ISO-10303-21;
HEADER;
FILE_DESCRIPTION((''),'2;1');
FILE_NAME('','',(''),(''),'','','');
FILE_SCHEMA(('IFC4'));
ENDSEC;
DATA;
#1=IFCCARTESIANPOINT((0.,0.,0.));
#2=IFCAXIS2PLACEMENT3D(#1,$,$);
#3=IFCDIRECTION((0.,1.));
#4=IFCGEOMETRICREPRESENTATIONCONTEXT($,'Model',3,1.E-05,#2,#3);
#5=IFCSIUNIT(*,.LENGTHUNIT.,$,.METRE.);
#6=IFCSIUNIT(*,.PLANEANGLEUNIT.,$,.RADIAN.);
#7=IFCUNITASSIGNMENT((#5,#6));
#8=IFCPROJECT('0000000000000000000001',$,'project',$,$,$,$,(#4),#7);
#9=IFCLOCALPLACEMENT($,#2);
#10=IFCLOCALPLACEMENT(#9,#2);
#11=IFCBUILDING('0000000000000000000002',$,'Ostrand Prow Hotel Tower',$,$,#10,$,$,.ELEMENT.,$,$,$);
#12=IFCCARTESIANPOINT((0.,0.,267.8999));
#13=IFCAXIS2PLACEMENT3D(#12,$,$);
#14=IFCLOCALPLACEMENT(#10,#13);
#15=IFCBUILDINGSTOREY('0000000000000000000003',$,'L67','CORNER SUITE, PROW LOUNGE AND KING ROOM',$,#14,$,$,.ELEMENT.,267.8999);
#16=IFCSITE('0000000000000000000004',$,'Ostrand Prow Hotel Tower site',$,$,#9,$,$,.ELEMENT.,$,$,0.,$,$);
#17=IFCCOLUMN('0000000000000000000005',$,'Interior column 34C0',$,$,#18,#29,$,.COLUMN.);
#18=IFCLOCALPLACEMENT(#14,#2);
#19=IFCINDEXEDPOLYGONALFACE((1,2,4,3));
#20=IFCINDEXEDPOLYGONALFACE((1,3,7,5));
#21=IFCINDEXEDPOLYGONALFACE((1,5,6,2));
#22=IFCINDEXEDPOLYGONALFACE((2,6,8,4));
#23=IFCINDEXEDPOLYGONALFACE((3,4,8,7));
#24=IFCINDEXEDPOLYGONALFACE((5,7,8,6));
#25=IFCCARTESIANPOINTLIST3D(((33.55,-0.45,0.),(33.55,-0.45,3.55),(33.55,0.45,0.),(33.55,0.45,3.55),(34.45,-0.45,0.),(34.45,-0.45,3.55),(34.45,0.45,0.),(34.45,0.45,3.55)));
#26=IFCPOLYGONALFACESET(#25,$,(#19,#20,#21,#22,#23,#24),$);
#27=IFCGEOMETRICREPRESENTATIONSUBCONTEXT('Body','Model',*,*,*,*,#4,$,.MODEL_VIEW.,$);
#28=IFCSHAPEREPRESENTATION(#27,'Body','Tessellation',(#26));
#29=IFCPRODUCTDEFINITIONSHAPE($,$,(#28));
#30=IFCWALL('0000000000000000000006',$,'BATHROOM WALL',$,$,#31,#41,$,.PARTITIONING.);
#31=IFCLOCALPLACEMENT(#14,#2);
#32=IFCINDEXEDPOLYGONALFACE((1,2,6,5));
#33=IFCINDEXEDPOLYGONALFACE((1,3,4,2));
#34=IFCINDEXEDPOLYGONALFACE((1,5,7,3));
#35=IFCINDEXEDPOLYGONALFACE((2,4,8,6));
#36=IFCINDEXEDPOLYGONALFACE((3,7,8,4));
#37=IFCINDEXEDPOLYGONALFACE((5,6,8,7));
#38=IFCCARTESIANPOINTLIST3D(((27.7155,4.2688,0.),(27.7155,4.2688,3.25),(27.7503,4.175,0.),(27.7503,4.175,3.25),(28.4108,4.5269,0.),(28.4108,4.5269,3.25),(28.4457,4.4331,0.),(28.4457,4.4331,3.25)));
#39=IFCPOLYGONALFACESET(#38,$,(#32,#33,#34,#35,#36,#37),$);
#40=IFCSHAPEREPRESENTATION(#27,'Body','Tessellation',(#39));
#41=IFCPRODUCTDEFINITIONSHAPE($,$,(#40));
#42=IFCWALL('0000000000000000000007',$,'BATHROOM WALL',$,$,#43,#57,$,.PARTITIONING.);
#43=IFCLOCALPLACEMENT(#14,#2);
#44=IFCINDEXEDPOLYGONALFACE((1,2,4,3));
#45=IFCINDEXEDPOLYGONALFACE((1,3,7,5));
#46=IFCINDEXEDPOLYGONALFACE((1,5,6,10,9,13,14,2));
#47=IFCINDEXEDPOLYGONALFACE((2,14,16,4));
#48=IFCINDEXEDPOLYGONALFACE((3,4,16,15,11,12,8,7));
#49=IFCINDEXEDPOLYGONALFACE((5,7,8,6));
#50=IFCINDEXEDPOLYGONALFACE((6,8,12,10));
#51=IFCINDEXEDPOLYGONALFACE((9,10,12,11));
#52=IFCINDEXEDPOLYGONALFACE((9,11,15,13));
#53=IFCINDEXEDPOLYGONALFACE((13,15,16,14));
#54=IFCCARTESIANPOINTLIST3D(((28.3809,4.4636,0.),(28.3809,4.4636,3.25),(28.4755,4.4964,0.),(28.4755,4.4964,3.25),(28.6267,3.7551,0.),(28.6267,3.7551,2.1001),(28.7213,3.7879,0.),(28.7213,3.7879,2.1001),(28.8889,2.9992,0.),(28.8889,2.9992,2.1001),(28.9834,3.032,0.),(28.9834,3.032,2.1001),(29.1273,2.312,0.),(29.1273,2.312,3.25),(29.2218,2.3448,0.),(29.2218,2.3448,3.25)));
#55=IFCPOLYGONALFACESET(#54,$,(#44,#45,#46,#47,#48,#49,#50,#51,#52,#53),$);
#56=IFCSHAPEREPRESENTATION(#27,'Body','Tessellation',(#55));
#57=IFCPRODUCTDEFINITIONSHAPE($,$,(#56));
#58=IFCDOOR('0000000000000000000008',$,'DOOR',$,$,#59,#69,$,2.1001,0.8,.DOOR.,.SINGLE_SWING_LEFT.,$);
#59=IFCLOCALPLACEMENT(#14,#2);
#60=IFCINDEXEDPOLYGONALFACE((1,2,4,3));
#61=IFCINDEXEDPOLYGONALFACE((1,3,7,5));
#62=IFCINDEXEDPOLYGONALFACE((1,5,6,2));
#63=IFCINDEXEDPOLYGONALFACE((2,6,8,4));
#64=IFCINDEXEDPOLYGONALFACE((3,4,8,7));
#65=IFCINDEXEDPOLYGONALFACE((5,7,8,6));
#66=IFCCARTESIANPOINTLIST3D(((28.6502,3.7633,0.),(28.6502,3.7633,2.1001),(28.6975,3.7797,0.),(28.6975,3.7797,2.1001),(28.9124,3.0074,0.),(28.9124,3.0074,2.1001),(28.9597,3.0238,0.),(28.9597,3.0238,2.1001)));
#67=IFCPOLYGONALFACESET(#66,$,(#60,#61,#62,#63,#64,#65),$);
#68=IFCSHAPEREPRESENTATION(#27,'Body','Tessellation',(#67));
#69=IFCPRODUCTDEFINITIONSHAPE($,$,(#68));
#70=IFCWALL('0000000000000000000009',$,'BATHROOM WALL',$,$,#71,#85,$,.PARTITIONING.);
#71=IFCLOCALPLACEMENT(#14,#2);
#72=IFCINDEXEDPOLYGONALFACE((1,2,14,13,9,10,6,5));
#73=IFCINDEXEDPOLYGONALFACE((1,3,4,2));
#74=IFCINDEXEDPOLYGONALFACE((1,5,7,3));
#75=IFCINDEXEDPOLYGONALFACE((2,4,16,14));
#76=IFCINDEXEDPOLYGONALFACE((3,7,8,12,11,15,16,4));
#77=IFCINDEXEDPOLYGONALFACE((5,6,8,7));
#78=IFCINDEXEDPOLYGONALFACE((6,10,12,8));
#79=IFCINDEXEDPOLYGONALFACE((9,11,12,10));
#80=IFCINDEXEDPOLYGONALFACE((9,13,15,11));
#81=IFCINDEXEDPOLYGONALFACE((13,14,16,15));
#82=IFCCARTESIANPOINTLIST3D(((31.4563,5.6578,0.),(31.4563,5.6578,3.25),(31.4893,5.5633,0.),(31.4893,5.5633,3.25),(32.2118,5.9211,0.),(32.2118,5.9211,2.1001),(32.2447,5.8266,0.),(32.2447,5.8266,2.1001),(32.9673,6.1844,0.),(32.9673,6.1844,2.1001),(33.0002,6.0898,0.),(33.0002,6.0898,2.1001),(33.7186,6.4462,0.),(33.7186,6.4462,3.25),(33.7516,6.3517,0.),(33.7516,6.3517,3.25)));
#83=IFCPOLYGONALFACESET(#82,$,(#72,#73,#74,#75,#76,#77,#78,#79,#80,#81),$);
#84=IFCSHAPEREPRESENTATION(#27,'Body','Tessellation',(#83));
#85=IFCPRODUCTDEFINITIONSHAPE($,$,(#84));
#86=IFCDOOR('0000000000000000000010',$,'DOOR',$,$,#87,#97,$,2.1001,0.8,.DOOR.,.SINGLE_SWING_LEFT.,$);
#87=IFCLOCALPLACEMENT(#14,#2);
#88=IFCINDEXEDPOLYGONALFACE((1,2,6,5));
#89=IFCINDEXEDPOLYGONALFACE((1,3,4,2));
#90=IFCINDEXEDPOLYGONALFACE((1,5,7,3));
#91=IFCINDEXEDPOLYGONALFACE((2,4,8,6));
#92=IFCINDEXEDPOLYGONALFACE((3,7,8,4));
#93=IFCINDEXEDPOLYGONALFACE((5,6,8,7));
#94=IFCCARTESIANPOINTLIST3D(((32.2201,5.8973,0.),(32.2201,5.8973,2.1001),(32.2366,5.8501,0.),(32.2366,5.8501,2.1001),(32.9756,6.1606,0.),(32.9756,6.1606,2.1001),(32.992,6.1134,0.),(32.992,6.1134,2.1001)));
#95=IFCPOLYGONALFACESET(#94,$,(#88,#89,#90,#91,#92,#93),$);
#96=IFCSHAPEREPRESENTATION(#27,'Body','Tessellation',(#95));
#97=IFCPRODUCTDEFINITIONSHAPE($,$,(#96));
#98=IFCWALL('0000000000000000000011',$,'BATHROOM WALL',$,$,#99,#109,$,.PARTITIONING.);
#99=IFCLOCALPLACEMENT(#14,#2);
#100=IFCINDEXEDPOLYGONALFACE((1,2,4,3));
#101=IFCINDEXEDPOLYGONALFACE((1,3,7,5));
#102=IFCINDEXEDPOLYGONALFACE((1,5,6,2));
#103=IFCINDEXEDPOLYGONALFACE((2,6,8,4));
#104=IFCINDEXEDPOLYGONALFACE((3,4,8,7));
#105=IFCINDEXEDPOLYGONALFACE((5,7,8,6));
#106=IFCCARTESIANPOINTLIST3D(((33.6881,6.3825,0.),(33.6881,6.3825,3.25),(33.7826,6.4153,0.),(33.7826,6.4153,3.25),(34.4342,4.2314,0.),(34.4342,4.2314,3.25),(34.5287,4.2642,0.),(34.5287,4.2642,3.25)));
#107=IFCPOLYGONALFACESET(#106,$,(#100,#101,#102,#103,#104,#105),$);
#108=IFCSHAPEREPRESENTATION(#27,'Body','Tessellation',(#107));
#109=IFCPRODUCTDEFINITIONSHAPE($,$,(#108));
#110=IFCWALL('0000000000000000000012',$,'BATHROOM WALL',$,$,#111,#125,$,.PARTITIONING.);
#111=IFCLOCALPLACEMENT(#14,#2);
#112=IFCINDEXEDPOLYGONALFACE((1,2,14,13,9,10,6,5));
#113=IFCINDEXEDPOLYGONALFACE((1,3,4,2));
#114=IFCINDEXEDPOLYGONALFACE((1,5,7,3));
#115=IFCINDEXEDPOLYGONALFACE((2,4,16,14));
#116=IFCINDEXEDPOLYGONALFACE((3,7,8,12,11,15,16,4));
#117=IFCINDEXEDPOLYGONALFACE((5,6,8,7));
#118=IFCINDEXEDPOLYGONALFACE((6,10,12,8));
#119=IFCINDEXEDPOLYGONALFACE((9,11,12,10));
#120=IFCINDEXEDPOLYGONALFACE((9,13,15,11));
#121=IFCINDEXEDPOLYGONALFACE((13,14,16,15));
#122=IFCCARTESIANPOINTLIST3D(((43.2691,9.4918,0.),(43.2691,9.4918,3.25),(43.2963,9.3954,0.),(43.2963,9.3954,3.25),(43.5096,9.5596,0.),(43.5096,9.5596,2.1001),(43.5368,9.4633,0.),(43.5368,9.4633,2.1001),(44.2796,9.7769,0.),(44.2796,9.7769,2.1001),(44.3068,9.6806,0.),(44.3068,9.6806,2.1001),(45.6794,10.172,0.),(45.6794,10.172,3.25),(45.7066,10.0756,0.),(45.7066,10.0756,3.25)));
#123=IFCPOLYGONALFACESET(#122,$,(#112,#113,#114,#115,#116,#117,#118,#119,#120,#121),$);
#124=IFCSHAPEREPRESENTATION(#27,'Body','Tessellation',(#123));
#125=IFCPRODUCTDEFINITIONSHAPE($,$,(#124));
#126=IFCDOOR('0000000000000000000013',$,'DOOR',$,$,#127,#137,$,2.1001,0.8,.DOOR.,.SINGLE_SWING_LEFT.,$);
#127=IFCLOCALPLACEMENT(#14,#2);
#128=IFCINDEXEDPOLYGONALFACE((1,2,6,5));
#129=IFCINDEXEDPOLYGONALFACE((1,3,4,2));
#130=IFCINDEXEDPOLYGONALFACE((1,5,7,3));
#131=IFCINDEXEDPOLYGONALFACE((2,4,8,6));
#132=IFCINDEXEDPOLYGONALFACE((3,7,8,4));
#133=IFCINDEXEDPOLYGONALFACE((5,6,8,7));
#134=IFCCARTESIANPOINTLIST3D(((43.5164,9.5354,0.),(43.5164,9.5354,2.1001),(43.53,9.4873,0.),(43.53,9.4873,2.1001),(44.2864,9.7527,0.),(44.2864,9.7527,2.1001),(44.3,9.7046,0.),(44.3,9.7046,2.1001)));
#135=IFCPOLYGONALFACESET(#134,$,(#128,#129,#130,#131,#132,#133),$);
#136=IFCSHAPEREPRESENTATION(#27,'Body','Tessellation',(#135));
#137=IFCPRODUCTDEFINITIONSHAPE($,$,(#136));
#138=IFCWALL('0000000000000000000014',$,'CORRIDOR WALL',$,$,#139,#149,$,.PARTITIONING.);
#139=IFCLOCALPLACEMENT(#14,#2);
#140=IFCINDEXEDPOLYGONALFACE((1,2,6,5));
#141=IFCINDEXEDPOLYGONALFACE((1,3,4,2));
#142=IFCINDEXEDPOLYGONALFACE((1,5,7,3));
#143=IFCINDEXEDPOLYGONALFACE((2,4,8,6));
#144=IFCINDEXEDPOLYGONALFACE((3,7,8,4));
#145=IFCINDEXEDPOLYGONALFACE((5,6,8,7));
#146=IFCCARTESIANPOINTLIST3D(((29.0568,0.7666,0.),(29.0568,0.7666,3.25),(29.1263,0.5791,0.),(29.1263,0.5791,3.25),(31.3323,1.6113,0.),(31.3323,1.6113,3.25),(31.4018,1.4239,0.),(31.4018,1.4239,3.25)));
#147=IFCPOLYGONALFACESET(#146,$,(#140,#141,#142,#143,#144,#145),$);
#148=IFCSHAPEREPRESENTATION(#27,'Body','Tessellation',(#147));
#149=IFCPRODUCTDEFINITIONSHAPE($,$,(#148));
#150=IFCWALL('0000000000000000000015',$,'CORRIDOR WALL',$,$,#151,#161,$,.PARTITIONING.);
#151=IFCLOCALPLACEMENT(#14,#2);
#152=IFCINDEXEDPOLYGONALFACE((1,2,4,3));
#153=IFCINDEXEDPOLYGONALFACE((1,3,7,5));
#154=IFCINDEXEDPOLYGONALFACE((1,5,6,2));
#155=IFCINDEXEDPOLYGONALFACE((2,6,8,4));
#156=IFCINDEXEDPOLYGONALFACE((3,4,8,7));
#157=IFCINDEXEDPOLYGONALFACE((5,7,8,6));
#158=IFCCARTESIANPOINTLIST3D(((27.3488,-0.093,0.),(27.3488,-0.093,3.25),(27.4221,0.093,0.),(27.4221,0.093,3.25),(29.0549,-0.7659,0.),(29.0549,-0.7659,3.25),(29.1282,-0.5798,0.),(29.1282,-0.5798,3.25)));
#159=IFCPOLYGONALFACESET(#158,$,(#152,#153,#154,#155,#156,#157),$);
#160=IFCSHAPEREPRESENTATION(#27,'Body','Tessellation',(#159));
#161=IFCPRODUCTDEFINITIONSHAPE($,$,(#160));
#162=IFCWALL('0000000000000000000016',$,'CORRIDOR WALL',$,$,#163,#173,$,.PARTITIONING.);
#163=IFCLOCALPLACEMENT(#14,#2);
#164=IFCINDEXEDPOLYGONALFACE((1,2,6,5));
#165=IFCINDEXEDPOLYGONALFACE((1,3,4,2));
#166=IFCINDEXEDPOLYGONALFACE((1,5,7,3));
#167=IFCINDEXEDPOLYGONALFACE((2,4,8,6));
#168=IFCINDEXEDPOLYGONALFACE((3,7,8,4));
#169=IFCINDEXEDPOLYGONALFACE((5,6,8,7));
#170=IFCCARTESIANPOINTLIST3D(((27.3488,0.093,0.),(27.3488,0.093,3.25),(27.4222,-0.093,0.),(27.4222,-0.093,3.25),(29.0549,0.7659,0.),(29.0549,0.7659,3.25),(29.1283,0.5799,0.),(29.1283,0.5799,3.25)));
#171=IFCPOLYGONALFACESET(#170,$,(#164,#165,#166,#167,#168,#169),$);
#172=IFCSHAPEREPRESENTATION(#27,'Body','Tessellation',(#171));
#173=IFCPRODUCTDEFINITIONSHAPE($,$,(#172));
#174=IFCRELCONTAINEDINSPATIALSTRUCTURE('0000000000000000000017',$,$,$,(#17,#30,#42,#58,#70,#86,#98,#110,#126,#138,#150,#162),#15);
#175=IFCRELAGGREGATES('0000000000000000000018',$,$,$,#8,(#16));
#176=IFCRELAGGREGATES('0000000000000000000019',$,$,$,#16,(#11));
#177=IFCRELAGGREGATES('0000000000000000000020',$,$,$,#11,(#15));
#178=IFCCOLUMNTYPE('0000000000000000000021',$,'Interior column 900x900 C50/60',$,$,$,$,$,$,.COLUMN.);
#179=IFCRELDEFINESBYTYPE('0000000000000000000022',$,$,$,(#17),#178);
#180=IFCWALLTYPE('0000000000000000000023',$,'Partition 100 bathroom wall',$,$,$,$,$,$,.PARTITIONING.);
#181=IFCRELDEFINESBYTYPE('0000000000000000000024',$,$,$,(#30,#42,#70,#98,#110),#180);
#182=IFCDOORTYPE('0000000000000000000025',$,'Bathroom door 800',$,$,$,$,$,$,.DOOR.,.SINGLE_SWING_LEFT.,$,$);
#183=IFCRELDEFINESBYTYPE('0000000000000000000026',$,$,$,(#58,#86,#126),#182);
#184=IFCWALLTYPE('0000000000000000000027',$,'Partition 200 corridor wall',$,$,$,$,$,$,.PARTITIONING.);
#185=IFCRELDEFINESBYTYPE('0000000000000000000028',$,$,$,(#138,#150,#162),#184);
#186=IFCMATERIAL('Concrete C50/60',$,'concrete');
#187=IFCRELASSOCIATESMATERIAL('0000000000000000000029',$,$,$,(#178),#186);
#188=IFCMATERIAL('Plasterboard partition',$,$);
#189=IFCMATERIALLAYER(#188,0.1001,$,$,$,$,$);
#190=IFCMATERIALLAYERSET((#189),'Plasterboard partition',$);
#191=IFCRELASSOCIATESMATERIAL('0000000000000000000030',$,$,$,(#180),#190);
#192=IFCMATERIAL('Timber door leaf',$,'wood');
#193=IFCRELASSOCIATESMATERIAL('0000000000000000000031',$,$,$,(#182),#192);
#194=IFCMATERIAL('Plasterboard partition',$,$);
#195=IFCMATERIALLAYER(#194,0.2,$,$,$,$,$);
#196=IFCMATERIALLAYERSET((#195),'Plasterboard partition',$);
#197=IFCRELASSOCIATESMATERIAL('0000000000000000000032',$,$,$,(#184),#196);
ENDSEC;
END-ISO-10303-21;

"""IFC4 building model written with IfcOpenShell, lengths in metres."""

from ifc_helpers import new_model, si_unit, direction, frame, frame_2d, origin, origin_2d, place, context, subcontext, project, spatial, rectangle, extrude, material, layer, layer_set, material_profile, profile_set, type_object, element, fill, save


model = new_model("IFC4")

# Units and contexts
model_context = context("Model", 3, precision=1e-05, world=origin(), true_north=direction((0.0, 1.0)))
body_context = subcontext(model_context, "Body", "Model", "MODEL_VIEW")
ifc_project = project(units=[si_unit("LENGTHUNIT", "METRE"), si_unit("PLANEANGLEUNIT", "RADIAN")], contexts=[model_context])

# Site, building, storey
site_placement = place(None, origin())
site = spatial("IfcSite", under=ifc_project, at=site_placement, Name="Ostrand Prow Hotel Tower site", CompositionType="ELEMENT", RefElevation=0.0)
building_placement = place(site_placement, origin())
building = spatial("IfcBuilding", under=site, at=building_placement, Name="Ostrand Prow Hotel Tower", CompositionType="ELEMENT")
storey_placement = place(building_placement, frame((0.0, 0.0, 267.8999)))
storey = spatial("IfcBuildingStorey", under=building, at=storey_placement, Name="L67", Description="CORNER SUITE, PROW LOUNGE AND KING ROOM", CompositionType="ELEMENT", Elevation=267.8999)

# Column
ifc_material_1 = material(Name="Concrete C50/60", Category="concrete")
ifc_material_profile = material_profile(ifc_material_1, rectangle(XDim=0.8999, YDim=0.8999, at=origin_2d()), Name="RC 900x900")
ifc_profile_set = profile_set([ifc_material_profile], Name="Concrete C50/60")
column_type = type_object("IfcColumnType", Name="Interior column 900x900 C50/60", PredefinedType="COLUMN", material=ifc_profile_set)
column_placement = place(storey_placement, frame((34.0, 0.0, 0.0), z_axis=(0.0, 0.0, 1.0), x_axis=(1.0, 0.0, 0.0)))
element("IfcColumn", 1, at=column_placement, inside=storey, type_object=column_type, Name="Interior column 34C0", PredefinedType="COLUMN", context=body_context, shape_type="SweptSolid", body=[
    extrude(rectangle(XDim=0.8999, YDim=0.8999, at=origin_2d()), origin(), (0.0, 0.0, 1.0), 3.55),
])

# Wall
ifc_material_2 = material(Name="Plasterboard partition")
ifc_layer_1 = layer(ifc_material_2, 0.1001)
ifc_layer_set_1 = layer_set([ifc_layer_1], Name="Plasterboard partition")
wall_type_1 = type_object("IfcWallType", Name="Partition 100 bathroom wall", PredefinedType="PARTITIONING", material=ifc_layer_set_1)
wall_1_placement = place(storey_placement, frame((27.7329, 4.2219, 0.0), z_axis=(0.0, 0.0, 1.0), x_axis=(0.937514, 0.347947, 0.0)))
element("IfcWall", 2, at=wall_1_placement, inside=storey, type_object=wall_type_1, Name="BATHROOM WALL", PredefinedType="PARTITIONING", context=body_context, shape_type="SweptSolid", body=[
    extrude(rectangle(XDim=0.7417, YDim=0.1001, at=frame_2d((0.3708, 0.0))), origin(), (0.0, 0.0, 1.0), 3.25),
])

# Walls, openings, doors
wall_2_placement = place(storey_placement, frame((28.4282, 4.48, 0.0), z_axis=(0.0, 0.0, 1.0), x_axis=(0.327718, -0.944776, 0.0)))
wall_2 = element("IfcWall", 3, at=wall_2_placement, inside=storey, type_object=wall_type_1, Name="BATHROOM WALL", PredefinedType="PARTITIONING", context=body_context, shape_type="SweptSolid", body=[
    extrude(rectangle(XDim=2.2773, YDim=0.1001, at=frame_2d((1.1387, 0.0))), origin(), (0.0, 0.0, 1.0), 3.25),
])
opening_1_placement = place(wall_2_placement, frame((0.75, 0.0, 0.0)))
opening_1 = element("IfcOpeningElement", 4, at=opening_1_placement, cuts=wall_2, PredefinedType="OPENING", context=body_context, shape_type="SweptSolid", body=[
    extrude(rectangle(XDim=0.8, YDim=2.1001, at=frame_2d((0.3999, 1.05))), frame((0.0, 0.0601, 0.0), z_axis=(0.0, -1.0, 0.0), x_axis=(1.0, 0.0, 0.0)), (0.0, 0.0, 1.0), 0.1201),
])
ifc_material_3 = material(Name="Timber door leaf", Category="wood")
door_type_1 = type_object("IfcDoorType", Name="Bathroom door 800", OperationType="SINGLE_SWING_LEFT", PredefinedType="DOOR", material=ifc_material_3)
door_1_placement = place(opening_1_placement, origin())
door_1 = element("IfcDoor", 5, at=door_1_placement, inside=storey, type_object=door_type_1, Name="DOOR", OperationType="SINGLE_SWING_LEFT", OverallHeight=2.1001, OverallWidth=0.8, PredefinedType="DOOR", context=body_context, shape_type="SweptSolid", body=[
    extrude(rectangle(XDim=0.8, YDim=2.1001, at=frame_2d((0.3999, 1.05))), frame((0.0, 0.0249, 0.0), z_axis=(0.0, -1.0, 0.0), x_axis=(1.0, 0.0, 0.0)), (0.0, 0.0, 1.0), 0.05),
])
fill(opening_1, door_1)
wall_3_placement = place(storey_placement, frame((31.4729, 5.6106, 0.0), z_axis=(0.0, 0.0, 1.0), x_axis=(0.944306, 0.32907, 0.0)))
wall_3 = element("IfcWall", 6, at=wall_3_placement, inside=storey, type_object=wall_type_1, Name="BATHROOM WALL", PredefinedType="PARTITIONING", context=body_context, shape_type="SweptSolid", body=[
    extrude(rectangle(XDim=2.3958, YDim=0.1001, at=frame_2d((1.1978, 0.0))), origin(), (0.0, 0.0, 1.0), 3.25),
])
opening_2_placement = place(wall_3_placement, frame((0.8, 0.0, 0.0)))
opening_2 = element("IfcOpeningElement", 7, at=opening_2_placement, cuts=wall_3, PredefinedType="OPENING", context=body_context, shape_type="SweptSolid", body=[
    extrude(rectangle(XDim=0.8, YDim=2.1001, at=frame_2d((0.3999, 1.05))), frame((0.0, 0.0601, 0.0), z_axis=(0.0, -1.0, 0.0), x_axis=(1.0, 0.0, 0.0)), (0.0, 0.0, 1.0), 0.1201),
])
door_2_placement = place(opening_2_placement, origin())
door_2 = element("IfcDoor", 8, at=door_2_placement, inside=storey, type_object=door_type_1, Name="DOOR", OperationType="SINGLE_SWING_LEFT", OverallHeight=2.1001, OverallWidth=0.8, PredefinedType="DOOR", context=body_context, shape_type="SweptSolid", body=[
    extrude(rectangle(XDim=0.8, YDim=2.1001, at=frame_2d((0.3999, 1.05))), frame((0.0, 0.0249, 0.0), z_axis=(0.0, -1.0, 0.0), x_axis=(1.0, 0.0, 0.0)), (0.0, 0.0, 1.0), 0.05),
])
fill(opening_2, door_2)

# Wall
wall_4_placement = place(storey_placement, frame((33.7354, 6.3989, 0.0), z_axis=(0.0, 0.0, 1.0), x_axis=(0.327689, -0.944786, 0.0)))
element("IfcWall", 9, at=wall_4_placement, inside=storey, type_object=wall_type_1, Name="BATHROOM WALL", PredefinedType="PARTITIONING", context=body_context, shape_type="SweptSolid", body=[
    extrude(rectangle(XDim=2.2769, YDim=0.1001, at=frame_2d((1.1384, 0.0))), origin(), (0.0, 0.0, 1.0), 3.25),
])

# Wall, opening, door
wall_5_placement = place(storey_placement, frame((43.2827, 9.4436, 0.0), z_axis=(0.0, 0.0, 1.0), x_axis=(0.962409, 0.271604, 0.0)))
wall_5 = element("IfcWall", 10, at=wall_5_placement, inside=storey, type_object=wall_type_1, Name="BATHROOM WALL", PredefinedType="PARTITIONING", context=body_context, shape_type="SweptSolid", body=[
    extrude(rectangle(XDim=2.5044, YDim=0.1001, at=frame_2d((1.2522, 0.0))), origin(), (0.0, 0.0, 1.0), 3.25),
])
opening_3_placement = place(wall_5_placement, frame((0.25, 0.0, 0.0)))
opening_3 = element("IfcOpeningElement", 11, at=opening_3_placement, cuts=wall_5, PredefinedType="OPENING", context=body_context, shape_type="SweptSolid", body=[
    extrude(rectangle(XDim=0.8, YDim=2.1001, at=frame_2d((0.3999, 1.05))), frame((0.0, 0.0601, 0.0), z_axis=(0.0, -1.0, 0.0), x_axis=(1.0, 0.0, 0.0)), (0.0, 0.0, 1.0), 0.1201),
])
door_3_placement = place(opening_3_placement, origin())
door_3 = element("IfcDoor", 12, at=door_3_placement, inside=storey, type_object=door_type_1, Name="DOOR", OperationType="SINGLE_SWING_LEFT", OverallHeight=2.1001, OverallWidth=0.8, PredefinedType="DOOR", context=body_context, shape_type="SweptSolid", body=[
    extrude(rectangle(XDim=0.8, YDim=2.1001, at=frame_2d((0.3999, 1.05))), frame((0.0, 0.0249, 0.0), z_axis=(0.0, -1.0, 0.0), x_axis=(1.0, 0.0, 0.0)), (0.0, 0.0, 1.0), 0.05),
])
fill(opening_3, door_3)

# Walls
ifc_material_4 = material(Name="Plasterboard partition")
ifc_layer_2 = layer(ifc_material_4, 0.2)
ifc_layer_set_2 = layer_set([ifc_layer_2], Name="Plasterboard partition")
wall_type_2 = type_object("IfcWallType", Name="Partition 200 corridor wall", PredefinedType="PARTITIONING", material=ifc_layer_set_2)
wall_6_placement = place(storey_placement, frame((29.0916, 0.6729, 0.0), z_axis=(0.0, 0.0, 1.0), x_axis=(0.937482, 0.348035, 0.0)))
element("IfcWall", 13, at=wall_6_placement, inside=storey, type_object=wall_type_2, Name="CORRIDOR WALL", PredefinedType="PARTITIONING", context=body_context, shape_type="SweptSolid", body=[
    extrude(rectangle(XDim=2.4272, YDim=0.2, at=frame_2d((1.2136, 0.0))), origin(), (0.0, 0.0, 1.0), 3.25),
])
for number, where, z_axis, x_axis, name in (
    (14, (29.0916, -0.6729, 0.0), (0.0, 0.0, 1.0), (-0.930265, 0.366888, 0.0), "CORRIDOR WALL"),
    (15, (27.3855, 0.0, 0.0), (0.0, 0.0, 1.0), (0.930265, 0.366888, 0.0), "CORRIDOR WALL"),
):
    element("IfcWall", number, at=place(storey_placement, frame(where, z_axis=z_axis, x_axis=x_axis)), inside=storey, type_object=wall_type_2, Name=name, PredefinedType="PARTITIONING", context=body_context, shape_type="SweptSolid", body=[
        extrude(rectangle(XDim=1.834, YDim=0.2, at=frame_2d((0.917, 0.0))), origin(), (0.0, 0.0, 1.0), 3.25),
    ])

save(model, "model.ifc")
